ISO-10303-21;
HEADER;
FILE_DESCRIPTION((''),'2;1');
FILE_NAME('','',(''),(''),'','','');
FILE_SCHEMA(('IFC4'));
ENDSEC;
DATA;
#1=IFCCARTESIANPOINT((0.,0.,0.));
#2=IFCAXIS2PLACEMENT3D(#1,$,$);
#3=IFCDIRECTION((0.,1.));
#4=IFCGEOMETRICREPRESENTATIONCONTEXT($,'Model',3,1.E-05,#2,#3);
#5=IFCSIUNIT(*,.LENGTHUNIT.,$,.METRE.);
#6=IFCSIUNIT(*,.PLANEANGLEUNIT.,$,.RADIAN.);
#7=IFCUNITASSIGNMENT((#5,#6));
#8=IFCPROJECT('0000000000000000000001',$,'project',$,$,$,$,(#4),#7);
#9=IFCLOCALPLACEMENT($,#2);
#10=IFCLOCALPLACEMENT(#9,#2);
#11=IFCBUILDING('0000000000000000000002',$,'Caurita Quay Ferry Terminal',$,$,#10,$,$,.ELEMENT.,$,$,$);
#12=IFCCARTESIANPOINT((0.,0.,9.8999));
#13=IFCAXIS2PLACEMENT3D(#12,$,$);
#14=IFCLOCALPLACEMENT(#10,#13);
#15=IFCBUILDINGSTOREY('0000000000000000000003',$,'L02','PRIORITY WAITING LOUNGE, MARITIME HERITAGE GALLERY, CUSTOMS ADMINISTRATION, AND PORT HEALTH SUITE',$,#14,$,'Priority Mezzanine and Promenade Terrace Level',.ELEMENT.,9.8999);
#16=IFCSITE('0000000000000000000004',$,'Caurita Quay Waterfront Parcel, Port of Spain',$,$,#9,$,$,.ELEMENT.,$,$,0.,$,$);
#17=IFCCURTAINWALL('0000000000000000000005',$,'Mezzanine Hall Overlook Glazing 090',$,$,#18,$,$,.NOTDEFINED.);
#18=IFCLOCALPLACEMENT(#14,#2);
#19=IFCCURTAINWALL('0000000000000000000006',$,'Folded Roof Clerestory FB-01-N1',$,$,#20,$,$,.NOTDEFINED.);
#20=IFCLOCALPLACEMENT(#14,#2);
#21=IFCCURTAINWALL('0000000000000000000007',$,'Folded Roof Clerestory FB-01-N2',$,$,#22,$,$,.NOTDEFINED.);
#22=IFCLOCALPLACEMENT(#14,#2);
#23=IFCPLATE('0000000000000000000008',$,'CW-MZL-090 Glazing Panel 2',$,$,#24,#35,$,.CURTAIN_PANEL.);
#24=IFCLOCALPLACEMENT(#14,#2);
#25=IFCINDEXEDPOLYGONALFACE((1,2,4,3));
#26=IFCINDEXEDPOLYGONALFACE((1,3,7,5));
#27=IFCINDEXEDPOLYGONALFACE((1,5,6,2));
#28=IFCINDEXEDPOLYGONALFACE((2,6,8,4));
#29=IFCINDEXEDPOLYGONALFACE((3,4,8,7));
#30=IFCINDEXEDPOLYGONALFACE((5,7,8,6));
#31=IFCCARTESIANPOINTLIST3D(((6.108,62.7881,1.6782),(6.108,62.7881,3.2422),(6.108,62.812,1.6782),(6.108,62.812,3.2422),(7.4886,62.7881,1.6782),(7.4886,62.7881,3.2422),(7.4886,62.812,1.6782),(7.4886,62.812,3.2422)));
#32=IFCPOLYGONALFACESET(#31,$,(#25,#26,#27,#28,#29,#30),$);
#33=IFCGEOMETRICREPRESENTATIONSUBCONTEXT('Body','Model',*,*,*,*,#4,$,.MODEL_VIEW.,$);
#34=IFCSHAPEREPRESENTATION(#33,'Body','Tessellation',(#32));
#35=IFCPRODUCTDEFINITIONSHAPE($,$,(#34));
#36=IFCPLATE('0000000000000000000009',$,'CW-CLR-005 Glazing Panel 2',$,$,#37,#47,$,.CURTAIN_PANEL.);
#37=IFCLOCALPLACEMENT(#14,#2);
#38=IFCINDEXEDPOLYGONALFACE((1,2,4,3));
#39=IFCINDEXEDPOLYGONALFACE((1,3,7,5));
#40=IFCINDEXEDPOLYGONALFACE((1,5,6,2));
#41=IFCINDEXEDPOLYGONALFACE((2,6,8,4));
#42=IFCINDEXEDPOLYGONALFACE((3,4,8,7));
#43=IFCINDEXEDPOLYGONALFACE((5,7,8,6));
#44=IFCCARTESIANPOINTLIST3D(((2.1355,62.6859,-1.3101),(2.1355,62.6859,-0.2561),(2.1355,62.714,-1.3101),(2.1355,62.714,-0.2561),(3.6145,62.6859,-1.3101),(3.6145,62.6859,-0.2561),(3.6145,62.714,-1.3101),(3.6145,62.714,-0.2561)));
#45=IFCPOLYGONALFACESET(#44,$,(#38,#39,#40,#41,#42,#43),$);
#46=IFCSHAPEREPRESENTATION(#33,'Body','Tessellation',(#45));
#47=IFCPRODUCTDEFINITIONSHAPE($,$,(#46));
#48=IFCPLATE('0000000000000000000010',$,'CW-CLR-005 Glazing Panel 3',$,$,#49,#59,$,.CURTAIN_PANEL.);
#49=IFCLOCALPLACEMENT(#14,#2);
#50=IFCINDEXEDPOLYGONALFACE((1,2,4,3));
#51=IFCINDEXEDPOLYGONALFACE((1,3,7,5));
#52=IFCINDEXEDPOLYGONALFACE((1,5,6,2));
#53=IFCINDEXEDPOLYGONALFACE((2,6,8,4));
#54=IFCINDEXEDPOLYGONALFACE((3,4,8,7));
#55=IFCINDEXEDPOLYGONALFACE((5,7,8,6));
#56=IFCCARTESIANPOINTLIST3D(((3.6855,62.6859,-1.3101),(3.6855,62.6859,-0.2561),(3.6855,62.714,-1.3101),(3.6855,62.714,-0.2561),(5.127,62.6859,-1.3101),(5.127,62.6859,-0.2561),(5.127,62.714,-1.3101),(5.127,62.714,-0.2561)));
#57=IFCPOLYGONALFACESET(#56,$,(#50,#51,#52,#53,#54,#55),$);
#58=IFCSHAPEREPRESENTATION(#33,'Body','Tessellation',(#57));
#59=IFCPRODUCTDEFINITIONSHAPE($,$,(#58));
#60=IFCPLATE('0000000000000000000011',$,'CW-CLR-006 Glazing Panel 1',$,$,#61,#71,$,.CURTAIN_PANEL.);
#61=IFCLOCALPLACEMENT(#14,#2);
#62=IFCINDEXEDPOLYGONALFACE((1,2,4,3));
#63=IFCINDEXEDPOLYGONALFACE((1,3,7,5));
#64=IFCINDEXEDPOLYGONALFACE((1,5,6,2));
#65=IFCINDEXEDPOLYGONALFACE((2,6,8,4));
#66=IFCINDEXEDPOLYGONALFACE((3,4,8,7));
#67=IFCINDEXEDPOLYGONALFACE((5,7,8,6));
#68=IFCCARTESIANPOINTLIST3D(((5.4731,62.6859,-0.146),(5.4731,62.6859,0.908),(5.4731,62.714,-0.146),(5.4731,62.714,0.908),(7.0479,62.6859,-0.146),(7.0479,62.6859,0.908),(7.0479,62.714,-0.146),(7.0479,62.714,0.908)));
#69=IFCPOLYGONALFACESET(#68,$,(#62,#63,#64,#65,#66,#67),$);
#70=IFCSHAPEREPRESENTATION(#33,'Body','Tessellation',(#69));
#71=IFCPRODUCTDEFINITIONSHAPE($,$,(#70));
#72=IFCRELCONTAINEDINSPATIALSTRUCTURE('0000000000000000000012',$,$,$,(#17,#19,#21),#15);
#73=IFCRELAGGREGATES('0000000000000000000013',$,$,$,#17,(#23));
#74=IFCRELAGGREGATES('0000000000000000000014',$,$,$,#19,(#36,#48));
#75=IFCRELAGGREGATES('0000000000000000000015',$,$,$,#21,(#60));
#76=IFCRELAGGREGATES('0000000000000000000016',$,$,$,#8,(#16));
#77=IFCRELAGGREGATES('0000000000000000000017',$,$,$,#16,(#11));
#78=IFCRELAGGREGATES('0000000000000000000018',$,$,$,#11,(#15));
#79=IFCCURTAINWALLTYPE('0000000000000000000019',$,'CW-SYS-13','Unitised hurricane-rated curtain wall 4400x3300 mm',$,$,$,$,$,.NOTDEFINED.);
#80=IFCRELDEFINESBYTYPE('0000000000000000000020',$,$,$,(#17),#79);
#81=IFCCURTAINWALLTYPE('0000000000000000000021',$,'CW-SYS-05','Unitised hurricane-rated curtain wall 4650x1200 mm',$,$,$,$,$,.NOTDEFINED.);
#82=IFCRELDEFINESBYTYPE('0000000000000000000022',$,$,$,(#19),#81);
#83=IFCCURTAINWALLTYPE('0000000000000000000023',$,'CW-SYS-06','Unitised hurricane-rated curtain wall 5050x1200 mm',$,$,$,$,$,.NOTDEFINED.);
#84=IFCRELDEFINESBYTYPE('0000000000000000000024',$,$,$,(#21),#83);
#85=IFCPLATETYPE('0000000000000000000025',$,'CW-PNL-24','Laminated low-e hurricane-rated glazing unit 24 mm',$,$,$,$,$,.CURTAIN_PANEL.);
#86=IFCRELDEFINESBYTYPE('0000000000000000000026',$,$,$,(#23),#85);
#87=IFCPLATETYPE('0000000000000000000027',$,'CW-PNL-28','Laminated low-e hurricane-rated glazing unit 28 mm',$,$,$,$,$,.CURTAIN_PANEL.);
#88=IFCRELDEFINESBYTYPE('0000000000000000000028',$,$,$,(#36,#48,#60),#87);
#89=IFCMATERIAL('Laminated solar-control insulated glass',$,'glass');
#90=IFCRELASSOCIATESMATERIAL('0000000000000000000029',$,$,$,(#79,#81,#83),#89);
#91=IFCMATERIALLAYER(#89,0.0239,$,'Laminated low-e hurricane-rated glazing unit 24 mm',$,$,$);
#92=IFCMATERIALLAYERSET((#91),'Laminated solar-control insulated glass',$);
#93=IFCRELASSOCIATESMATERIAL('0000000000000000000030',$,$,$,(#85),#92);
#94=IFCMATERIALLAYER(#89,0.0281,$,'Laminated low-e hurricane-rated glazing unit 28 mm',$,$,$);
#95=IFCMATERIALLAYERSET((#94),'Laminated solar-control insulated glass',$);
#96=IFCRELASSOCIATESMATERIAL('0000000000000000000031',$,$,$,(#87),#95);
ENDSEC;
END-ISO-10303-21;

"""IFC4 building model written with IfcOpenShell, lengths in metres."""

from ifc_helpers import new_model, si_unit, direction, frame, origin, origin_2d, place, context, subcontext, project, spatial, rectangle, extrude, material, layer, layer_set, type_object, element, aggregate, save


model = new_model("IFC4")

# Units and contexts
model_context = context("Model", 3, precision=1e-05, world=origin(), true_north=direction((0.0, 1.0)))
body_context = subcontext(model_context, "Body", "Model", "MODEL_VIEW")
ifc_project = project(units=[si_unit("LENGTHUNIT", "METRE"), si_unit("PLANEANGLEUNIT", "RADIAN")], contexts=[model_context])

# Site, building, storey
site_placement = place(None, origin())
site = spatial("IfcSite", under=ifc_project, at=site_placement, Name="Caurita Quay Waterfront Parcel, Port of Spain", CompositionType="ELEMENT", RefElevation=0.0)
building_placement = place(site_placement, origin())
building = spatial("IfcBuilding", under=site, at=building_placement, Name="Caurita Quay Ferry Terminal", CompositionType="ELEMENT")
storey_placement = place(building_placement, frame((0.0, 0.0, 9.8999)))
storey = spatial("IfcBuildingStorey", under=building, at=storey_placement, Name="L02", Description="PRIORITY WAITING LOUNGE, MARITIME HERITAGE GALLERY, CUSTOMS ADMINISTRATION, AND PORT HEALTH SUITE", LongName="Priority Mezzanine and Promenade Terrace Level", CompositionType="ELEMENT", Elevation=9.8999)

# Shared definitions
ifc_material_1 = material(Name="Laminated solar-control insulated glass", Category="glass")
curtain_wall_type_1 = type_object("IfcCurtainWallType", Name="CW-SYS-13", Description="Unitised hurricane-rated curtain wall 4400x3300 mm", PredefinedType="NOTDEFINED", material=ifc_material_1)

# Curtain wall
curtain_wall_1_placement = place(storey_placement, origin())
curtain_wall_1 = element("IfcCurtainWall", 1, at=curtain_wall_1_placement, inside=storey, type_object=curtain_wall_type_1, Name="Mezzanine Hall Overlook Glazing 090", PredefinedType="NOTDEFINED")

# Curtain walls
curtain_wall_type_2 = type_object("IfcCurtainWallType", Name="CW-SYS-05", Description="Unitised hurricane-rated curtain wall 4650x1200 mm", PredefinedType="NOTDEFINED", material=ifc_material_1)
curtain_wall_2_placement = place(storey_placement, origin())
curtain_wall_2 = element("IfcCurtainWall", 2, at=curtain_wall_2_placement, inside=storey, type_object=curtain_wall_type_2, Name="Folded Roof Clerestory FB-01-N1", PredefinedType="NOTDEFINED")
curtain_wall_type_3 = type_object("IfcCurtainWallType", Name="CW-SYS-06", Description="Unitised hurricane-rated curtain wall 5050x1200 mm", PredefinedType="NOTDEFINED", material=ifc_material_1)
curtain_wall_3_placement = place(storey_placement, origin())
curtain_wall_3 = element("IfcCurtainWall", 3, at=curtain_wall_3_placement, inside=storey, type_object=curtain_wall_type_3, Name="Folded Roof Clerestory FB-01-N2", PredefinedType="NOTDEFINED")

# Plates
ifc_layer_1 = layer(ifc_material_1, 0.0239, Name="Laminated low-e hurricane-rated glazing unit 24 mm")
ifc_layer_set_1 = layer_set([ifc_layer_1], Name="Laminated solar-control insulated glass")
plate_type_1 = type_object("IfcPlateType", Name="CW-PNL-24", Description="Laminated low-e hurricane-rated glazing unit 24 mm", PredefinedType="CURTAIN_PANEL", material=ifc_layer_set_1)
plate_1_placement = place(storey_placement, frame((6.7983, 62.8, 1.6782), z_axis=(0.0, 0.0, 1.0), x_axis=(1.0, 0.0, 0.0)))
plate_1 = element("IfcPlate", 4, at=plate_1_placement, type_object=plate_type_1, Name="CW-MZL-090 Glazing Panel 2", PredefinedType="CURTAIN_PANEL", context=body_context, shape_type="SweptSolid", body=[
    extrude(rectangle(XDim=1.3806, YDim=0.0239, at=origin_2d()), origin(), (0.0, 0.0, 1.0), 1.564),
])
aggregate(curtain_wall_1, [plate_1])
ifc_layer_2 = layer(ifc_material_1, 0.0281, Name="Laminated low-e hurricane-rated glazing unit 28 mm")
ifc_layer_set_2 = layer_set([ifc_layer_2], Name="Laminated solar-control insulated glass")
plate_type_2 = type_object("IfcPlateType", Name="CW-PNL-28", Description="Laminated low-e hurricane-rated glazing unit 28 mm", PredefinedType="CURTAIN_PANEL", material=ifc_layer_set_2)
plate_2_placement = place(storey_placement, frame((2.875, 62.7, -1.3101), z_axis=(0.0, 0.0, 1.0), x_axis=(1.0, 0.0, 0.0)))
plate_2 = element("IfcPlate", 5, at=plate_2_placement, type_object=plate_type_2, Name="CW-CLR-005 Glazing Panel 2", PredefinedType="CURTAIN_PANEL", context=body_context, shape_type="SweptSolid", body=[
    extrude(rectangle(XDim=1.479, YDim=0.0281, at=origin_2d()), origin(), (0.0, 0.0, 1.0), 1.054),
])
plate_3_placement = place(storey_placement, frame((4.4062, 62.7, -1.3101), z_axis=(0.0, 0.0, 1.0), x_axis=(1.0, 0.0, 0.0)))
plate_3 = element("IfcPlate", 6, at=plate_3_placement, type_object=plate_type_2, Name="CW-CLR-005 Glazing Panel 3", PredefinedType="CURTAIN_PANEL", context=body_context, shape_type="SweptSolid", body=[
    extrude(rectangle(XDim=1.4414, YDim=0.0281, at=origin_2d()), origin(), (0.0, 0.0, 1.0), 1.054),
])
aggregate(curtain_wall_2, [plate_2, plate_3])
plate_4_placement = place(storey_placement, frame((6.2605, 62.7, -0.146), z_axis=(0.0, 0.0, 1.0), x_axis=(1.0, 0.0, 0.0)))
plate_4 = element("IfcPlate", 7, at=plate_4_placement, type_object=plate_type_2, Name="CW-CLR-006 Glazing Panel 1", PredefinedType="CURTAIN_PANEL", context=body_context, shape_type="SweptSolid", body=[
    extrude(rectangle(XDim=1.5747, YDim=0.0281, at=origin_2d()), origin(), (0.0, 0.0, 1.0), 1.054),
])
aggregate(curtain_wall_3, [plate_4])

save(model, "model.ifc")
